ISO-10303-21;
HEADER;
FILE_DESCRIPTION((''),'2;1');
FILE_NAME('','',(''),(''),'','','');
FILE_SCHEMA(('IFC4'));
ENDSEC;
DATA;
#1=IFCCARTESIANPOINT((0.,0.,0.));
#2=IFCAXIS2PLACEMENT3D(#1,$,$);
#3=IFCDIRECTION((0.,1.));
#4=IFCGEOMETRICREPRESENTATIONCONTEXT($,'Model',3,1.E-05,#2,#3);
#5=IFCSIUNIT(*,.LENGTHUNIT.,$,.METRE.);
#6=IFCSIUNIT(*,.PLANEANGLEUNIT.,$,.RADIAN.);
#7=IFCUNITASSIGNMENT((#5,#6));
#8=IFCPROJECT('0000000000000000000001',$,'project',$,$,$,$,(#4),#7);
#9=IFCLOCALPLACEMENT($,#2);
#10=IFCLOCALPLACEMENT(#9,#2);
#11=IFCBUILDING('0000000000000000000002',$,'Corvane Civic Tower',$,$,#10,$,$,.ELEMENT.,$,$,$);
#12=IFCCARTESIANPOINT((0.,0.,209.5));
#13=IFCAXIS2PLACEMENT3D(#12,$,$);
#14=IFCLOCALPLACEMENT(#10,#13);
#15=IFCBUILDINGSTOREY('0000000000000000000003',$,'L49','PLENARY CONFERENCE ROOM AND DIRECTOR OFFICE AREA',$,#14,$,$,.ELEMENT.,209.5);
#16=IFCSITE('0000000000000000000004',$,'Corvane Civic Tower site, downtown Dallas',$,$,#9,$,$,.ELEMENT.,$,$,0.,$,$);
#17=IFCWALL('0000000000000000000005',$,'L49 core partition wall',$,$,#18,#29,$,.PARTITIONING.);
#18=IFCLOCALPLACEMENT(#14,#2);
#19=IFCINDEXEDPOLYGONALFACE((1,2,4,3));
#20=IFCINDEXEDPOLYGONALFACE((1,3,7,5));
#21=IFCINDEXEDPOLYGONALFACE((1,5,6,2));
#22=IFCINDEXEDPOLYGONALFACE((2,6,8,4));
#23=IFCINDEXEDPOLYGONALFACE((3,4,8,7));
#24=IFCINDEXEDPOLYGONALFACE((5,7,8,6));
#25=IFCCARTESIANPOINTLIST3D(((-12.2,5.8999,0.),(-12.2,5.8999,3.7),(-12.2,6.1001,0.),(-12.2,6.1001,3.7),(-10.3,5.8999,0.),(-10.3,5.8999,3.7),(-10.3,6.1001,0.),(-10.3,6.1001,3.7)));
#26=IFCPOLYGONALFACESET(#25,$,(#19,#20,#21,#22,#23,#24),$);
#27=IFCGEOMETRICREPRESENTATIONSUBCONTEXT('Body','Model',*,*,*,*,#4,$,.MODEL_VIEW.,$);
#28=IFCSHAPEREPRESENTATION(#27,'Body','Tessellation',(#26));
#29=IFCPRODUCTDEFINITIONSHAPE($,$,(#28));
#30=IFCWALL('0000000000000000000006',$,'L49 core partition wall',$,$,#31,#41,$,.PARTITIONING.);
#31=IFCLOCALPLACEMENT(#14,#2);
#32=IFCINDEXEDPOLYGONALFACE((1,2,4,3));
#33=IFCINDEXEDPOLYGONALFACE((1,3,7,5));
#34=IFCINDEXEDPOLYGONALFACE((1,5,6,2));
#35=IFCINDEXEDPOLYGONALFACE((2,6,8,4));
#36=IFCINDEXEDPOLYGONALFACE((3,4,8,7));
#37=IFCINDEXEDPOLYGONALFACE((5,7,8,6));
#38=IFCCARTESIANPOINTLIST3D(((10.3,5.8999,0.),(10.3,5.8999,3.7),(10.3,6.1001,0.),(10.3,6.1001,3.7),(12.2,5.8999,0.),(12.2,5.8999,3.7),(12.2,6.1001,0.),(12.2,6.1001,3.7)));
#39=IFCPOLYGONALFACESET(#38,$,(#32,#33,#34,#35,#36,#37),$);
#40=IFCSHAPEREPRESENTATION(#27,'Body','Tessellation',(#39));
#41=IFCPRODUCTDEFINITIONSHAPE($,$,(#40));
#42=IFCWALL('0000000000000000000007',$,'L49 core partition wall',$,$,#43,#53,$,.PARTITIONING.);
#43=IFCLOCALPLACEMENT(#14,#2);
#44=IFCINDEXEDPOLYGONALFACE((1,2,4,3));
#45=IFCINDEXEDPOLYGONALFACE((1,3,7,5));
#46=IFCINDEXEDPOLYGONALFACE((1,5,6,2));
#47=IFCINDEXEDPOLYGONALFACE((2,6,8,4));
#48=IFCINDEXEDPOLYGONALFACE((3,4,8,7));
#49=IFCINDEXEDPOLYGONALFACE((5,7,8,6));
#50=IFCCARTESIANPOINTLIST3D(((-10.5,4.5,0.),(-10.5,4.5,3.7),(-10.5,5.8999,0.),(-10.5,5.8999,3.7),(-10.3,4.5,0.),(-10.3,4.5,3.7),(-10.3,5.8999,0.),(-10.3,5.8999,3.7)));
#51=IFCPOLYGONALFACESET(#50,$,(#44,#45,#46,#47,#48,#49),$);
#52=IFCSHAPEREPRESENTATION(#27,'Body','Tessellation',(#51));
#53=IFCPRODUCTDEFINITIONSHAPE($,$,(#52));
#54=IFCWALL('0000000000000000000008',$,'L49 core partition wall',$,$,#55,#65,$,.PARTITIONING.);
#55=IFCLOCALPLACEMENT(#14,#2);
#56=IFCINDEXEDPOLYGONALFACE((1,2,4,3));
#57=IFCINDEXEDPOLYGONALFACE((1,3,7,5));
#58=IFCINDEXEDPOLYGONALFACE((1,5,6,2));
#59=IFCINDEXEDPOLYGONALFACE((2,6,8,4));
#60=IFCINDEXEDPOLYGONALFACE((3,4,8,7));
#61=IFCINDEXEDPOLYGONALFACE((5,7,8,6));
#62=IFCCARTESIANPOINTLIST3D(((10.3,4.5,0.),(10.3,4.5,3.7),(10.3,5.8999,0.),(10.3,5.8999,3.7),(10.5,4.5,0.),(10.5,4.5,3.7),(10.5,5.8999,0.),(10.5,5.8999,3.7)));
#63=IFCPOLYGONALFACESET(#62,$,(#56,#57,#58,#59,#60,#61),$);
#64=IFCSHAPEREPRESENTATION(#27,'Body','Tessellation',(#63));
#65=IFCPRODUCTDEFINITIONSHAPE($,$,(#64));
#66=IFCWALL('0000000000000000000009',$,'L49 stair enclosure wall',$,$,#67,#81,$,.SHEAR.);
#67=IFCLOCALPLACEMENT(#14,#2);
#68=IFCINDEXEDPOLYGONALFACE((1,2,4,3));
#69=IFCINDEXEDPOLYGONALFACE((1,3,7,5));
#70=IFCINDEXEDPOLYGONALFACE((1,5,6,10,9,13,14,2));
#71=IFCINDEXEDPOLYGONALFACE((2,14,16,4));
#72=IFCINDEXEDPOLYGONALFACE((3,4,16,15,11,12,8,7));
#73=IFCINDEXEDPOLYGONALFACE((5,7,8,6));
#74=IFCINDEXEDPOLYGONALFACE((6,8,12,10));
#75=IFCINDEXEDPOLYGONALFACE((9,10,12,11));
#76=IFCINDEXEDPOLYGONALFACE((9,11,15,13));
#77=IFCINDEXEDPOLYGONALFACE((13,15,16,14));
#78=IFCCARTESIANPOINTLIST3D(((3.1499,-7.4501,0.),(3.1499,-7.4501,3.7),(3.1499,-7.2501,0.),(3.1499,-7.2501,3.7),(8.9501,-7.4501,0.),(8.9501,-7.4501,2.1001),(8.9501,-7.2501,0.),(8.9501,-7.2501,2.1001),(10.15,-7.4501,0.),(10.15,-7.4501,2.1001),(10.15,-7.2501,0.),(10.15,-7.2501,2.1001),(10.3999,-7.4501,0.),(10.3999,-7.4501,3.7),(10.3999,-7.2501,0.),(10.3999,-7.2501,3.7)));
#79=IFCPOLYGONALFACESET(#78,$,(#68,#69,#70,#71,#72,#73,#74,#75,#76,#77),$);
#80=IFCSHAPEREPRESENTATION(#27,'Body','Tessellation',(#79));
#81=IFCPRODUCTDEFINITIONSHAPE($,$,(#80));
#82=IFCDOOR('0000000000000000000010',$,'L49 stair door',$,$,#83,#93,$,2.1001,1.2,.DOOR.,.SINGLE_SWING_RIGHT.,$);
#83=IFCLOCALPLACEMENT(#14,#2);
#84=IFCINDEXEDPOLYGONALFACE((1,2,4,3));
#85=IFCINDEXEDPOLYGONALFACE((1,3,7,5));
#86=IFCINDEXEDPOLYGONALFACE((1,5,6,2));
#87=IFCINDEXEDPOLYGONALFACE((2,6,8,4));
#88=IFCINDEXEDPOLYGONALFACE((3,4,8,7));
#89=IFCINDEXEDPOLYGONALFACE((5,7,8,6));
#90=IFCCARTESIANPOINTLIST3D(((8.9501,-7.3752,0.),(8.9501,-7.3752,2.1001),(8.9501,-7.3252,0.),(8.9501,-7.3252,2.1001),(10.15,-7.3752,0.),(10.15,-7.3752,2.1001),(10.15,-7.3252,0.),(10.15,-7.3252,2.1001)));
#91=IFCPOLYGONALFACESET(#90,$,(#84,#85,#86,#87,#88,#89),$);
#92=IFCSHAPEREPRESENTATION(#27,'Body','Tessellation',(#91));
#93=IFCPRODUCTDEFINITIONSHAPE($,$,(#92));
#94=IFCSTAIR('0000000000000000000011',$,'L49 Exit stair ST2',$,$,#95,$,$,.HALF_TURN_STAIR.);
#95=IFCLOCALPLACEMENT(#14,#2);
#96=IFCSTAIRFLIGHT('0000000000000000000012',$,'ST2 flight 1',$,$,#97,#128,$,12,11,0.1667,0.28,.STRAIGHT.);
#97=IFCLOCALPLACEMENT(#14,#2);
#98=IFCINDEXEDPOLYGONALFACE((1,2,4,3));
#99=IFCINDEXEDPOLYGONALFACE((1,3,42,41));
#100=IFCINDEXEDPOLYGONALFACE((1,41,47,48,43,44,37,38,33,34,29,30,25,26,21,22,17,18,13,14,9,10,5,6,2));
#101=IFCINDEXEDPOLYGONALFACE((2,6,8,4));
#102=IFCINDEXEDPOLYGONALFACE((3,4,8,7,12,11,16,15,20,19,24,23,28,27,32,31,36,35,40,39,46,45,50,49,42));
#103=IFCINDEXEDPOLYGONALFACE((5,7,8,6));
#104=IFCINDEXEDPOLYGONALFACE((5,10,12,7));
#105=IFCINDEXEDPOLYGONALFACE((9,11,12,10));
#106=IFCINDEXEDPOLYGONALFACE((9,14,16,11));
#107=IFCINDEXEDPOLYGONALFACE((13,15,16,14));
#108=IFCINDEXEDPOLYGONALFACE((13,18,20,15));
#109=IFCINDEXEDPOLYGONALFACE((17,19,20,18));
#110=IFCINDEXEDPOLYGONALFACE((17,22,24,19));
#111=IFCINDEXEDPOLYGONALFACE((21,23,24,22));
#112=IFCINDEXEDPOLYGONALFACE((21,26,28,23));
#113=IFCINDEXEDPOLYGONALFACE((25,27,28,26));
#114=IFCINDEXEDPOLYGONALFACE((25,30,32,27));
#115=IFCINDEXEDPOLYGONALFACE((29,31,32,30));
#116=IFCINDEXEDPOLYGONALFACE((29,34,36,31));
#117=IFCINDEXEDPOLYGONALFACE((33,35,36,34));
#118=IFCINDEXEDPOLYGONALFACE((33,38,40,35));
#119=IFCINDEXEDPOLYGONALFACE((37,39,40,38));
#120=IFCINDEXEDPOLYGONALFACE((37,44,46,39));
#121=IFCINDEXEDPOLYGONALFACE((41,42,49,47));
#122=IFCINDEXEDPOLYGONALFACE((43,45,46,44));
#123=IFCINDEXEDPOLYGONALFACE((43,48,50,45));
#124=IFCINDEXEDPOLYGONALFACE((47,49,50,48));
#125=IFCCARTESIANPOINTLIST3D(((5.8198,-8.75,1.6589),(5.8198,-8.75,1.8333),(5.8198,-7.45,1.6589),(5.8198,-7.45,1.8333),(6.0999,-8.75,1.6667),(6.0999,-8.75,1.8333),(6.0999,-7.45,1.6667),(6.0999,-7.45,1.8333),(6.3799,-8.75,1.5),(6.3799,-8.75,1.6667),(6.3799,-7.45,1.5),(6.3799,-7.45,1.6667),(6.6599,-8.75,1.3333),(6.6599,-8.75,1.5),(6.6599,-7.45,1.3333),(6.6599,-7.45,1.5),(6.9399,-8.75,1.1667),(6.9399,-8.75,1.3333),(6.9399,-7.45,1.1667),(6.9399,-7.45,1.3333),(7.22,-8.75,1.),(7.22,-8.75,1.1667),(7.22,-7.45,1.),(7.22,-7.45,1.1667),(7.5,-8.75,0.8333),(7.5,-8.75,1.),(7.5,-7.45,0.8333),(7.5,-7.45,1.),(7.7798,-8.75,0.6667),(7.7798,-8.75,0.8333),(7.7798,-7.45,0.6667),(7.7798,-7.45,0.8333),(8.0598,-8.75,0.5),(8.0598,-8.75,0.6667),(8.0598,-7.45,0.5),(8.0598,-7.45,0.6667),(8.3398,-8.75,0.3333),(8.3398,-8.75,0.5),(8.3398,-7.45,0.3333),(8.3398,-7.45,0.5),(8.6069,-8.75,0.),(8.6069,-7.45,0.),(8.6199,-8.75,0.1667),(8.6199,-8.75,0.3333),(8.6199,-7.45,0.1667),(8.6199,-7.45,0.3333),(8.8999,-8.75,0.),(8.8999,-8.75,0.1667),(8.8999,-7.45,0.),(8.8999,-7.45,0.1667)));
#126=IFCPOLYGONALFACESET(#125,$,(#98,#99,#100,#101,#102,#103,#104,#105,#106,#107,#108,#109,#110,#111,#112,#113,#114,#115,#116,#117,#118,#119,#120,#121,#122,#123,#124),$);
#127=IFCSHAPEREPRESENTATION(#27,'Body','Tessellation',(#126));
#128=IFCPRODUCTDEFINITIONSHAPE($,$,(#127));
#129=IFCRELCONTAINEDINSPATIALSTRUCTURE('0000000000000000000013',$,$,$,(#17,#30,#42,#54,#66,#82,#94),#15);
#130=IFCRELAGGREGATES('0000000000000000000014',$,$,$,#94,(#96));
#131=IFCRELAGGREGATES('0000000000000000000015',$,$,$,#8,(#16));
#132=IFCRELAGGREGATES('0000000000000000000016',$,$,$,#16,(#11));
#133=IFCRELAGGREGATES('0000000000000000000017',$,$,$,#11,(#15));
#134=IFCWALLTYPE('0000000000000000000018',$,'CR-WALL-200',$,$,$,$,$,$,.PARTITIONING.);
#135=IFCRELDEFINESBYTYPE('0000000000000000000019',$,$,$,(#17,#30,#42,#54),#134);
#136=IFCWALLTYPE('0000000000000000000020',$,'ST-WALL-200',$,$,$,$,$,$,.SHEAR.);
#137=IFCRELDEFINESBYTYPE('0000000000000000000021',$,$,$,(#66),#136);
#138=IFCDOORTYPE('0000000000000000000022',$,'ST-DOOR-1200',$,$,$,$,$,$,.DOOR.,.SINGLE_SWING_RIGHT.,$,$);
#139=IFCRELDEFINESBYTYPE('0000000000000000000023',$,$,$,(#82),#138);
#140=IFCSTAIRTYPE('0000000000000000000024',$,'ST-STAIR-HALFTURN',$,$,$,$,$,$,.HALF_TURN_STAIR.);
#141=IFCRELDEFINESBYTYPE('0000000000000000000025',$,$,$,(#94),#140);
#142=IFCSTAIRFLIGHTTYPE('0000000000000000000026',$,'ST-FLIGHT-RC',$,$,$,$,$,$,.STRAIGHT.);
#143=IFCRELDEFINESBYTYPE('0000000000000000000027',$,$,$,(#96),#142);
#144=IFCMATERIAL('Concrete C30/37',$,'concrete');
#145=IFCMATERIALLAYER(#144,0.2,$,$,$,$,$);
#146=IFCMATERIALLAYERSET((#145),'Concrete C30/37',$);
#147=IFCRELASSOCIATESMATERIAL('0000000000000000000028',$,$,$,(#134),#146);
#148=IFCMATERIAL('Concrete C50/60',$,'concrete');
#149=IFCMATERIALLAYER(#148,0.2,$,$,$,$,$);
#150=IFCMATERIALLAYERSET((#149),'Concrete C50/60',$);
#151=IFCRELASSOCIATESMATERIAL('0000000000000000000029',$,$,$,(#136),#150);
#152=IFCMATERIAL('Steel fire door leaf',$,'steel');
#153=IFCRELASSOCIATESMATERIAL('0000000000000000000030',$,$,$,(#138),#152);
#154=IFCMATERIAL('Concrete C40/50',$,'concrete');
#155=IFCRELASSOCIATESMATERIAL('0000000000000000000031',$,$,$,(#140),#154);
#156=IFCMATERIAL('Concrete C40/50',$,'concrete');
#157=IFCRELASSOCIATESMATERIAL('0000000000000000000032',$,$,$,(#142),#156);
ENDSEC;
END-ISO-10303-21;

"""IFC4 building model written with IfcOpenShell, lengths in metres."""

from ifc_helpers import new_model, si_unit, direction, frame, frame_2d, origin, place, context, subcontext, project, spatial, polyline, rectangle, outline, extrude, material, layer, layer_set, type_object, element, fill, aggregate, save


model = new_model("IFC4")

# Units and contexts
model_context = context("Model", 3, precision=1e-05, world=origin(), true_north=direction((0.0, 1.0)))
body_context = subcontext(model_context, "Body", "Model", "MODEL_VIEW")
ifc_project = project(units=[si_unit("LENGTHUNIT", "METRE"), si_unit("PLANEANGLEUNIT", "RADIAN")], contexts=[model_context])

# Site, building, storey
site_placement = place(None, origin())
site = spatial("IfcSite", under=ifc_project, at=site_placement, Name="Corvane Civic Tower site, downtown Dallas", CompositionType="ELEMENT", RefElevation=0.0)
building_placement = place(site_placement, origin())
building = spatial("IfcBuilding", under=site, at=building_placement, Name="Corvane Civic Tower", CompositionType="ELEMENT")
storey_placement = place(building_placement, frame((0.0, 0.0, 209.5)))
storey = spatial("IfcBuildingStorey", under=building, at=storey_placement, Name="L49", Description="PLENARY CONFERENCE ROOM AND DIRECTOR OFFICE AREA", CompositionType="ELEMENT", Elevation=209.5)

# Shared definitions
ifc_material_1 = material(Name="Concrete C30/37", Category="concrete")
ifc_layer_1 = layer(ifc_material_1, 0.2)
ifc_layer_set_1 = layer_set([ifc_layer_1], Name="Concrete C30/37")
wall_type_1 = type_object("IfcWallType", Name="CR-WALL-200", PredefinedType="PARTITIONING", material=ifc_layer_set_1)

# Walls
wall_1_placement = place(storey_placement, origin())
element("IfcWall", 1, at=wall_1_placement, inside=storey, type_object=wall_type_1, Name="L49 core partition wall", PredefinedType="PARTITIONING", context=body_context, shape_type="SweptSolid", body=[
    extrude(outline(polyline([(-10.3, 5.8999), (-12.2, 5.8999), (-12.2, 6.1001), (-10.3, 6.1001), (-10.3, 5.8999)])), origin(), (0.0, 0.0, 1.0), 3.7),
])
wall_2_placement = place(storey_placement, origin())
element("IfcWall", 2, at=wall_2_placement, inside=storey, type_object=wall_type_1, Name="L49 core partition wall", PredefinedType="PARTITIONING", context=body_context, shape_type="SweptSolid", body=[
    extrude(outline(polyline([(12.2, 5.8999), (10.3, 5.8999), (10.3, 6.1001), (12.2, 6.1001), (12.2, 5.8999)])), origin(), (0.0, 0.0, 1.0), 3.7),
])
wall_3_placement = place(storey_placement, origin())
element("IfcWall", 3, at=wall_3_placement, inside=storey, type_object=wall_type_1, Name="L49 core partition wall", PredefinedType="PARTITIONING", context=body_context, shape_type="SweptSolid", body=[
    extrude(outline(polyline([(-10.3, 4.5), (-10.5, 4.5), (-10.5, 5.8999), (-10.3, 5.8999), (-10.3, 4.5)])), origin(), (0.0, 0.0, 1.0), 3.7),
])
wall_4_placement = place(storey_placement, origin())
element("IfcWall", 4, at=wall_4_placement, inside=storey, type_object=wall_type_1, Name="L49 core partition wall", PredefinedType="PARTITIONING", context=body_context, shape_type="SweptSolid", body=[
    extrude(outline(polyline([(10.5, 4.5), (10.3, 4.5), (10.3, 5.8999), (10.5, 5.8999), (10.5, 4.5)])), origin(), (0.0, 0.0, 1.0), 3.7),
])

# Wall, opening, door
ifc_material_2 = material(Name="Concrete C50/60", Category="concrete")
ifc_layer_2 = layer(ifc_material_2, 0.2)
ifc_layer_set_2 = layer_set([ifc_layer_2], Name="Concrete C50/60")
wall_type_2 = type_object("IfcWallType", Name="ST-WALL-200", PredefinedType="SHEAR", material=ifc_layer_set_2)
wall_5_placement = place(storey_placement, frame((3.1499, -7.3501, 0.0), z_axis=(0.0, 0.0, 1.0), x_axis=(1.0, 0.0, 0.0)))
wall_5 = element("IfcWall", 5, at=wall_5_placement, inside=storey, type_object=wall_type_2, Name="L49 stair enclosure wall", PredefinedType="SHEAR", context=body_context, shape_type="SweptSolid", body=[
    extrude(rectangle(XDim=7.25, YDim=0.2, at=frame_2d((3.625, 0.0))), origin(), (0.0, 0.0, 1.0), 3.7),
])
opening_1_placement = place(wall_5_placement, frame((5.8, 0.0, 0.0)))
opening_1 = element("IfcOpeningElement", 6, at=opening_1_placement, cuts=wall_5, PredefinedType="OPENING", context=body_context, shape_type="SweptSolid", body=[
    extrude(rectangle(XDim=1.2, YDim=2.1001, at=frame_2d((0.6001, 1.05))), frame((0.0, 0.1099, 0.0), z_axis=(0.0, -1.0, 0.0), x_axis=(1.0, 0.0, 0.0)), (0.0, 0.0, 1.0), 0.22),
])
ifc_material_3 = material(Name="Steel fire door leaf", Category="steel")
door_type_1 = type_object("IfcDoorType", Name="ST-DOOR-1200", OperationType="SINGLE_SWING_RIGHT", PredefinedType="DOOR", material=ifc_material_3)
door_1_placement = place(opening_1_placement, origin())
door_1 = element("IfcDoor", 7, at=door_1_placement, inside=storey, type_object=door_type_1, Name="L49 stair door", OperationType="SINGLE_SWING_RIGHT", OverallHeight=2.1001, OverallWidth=1.2, PredefinedType="DOOR", context=body_context, shape_type="SweptSolid", body=[
    extrude(rectangle(XDim=1.2, YDim=2.1001, at=frame_2d((0.6001, 1.05))), frame((0.0, 0.0249, 0.0), z_axis=(0.0, -1.0, 0.0), x_axis=(1.0, 0.0, 0.0)), (0.0, 0.0, 1.0), 0.05),
])
fill(opening_1, door_1)

# Stair, stair flight
ifc_material_4 = material(Name="Concrete C40/50", Category="concrete")
stair_type = type_object("IfcStairType", Name="ST-STAIR-HALFTURN", PredefinedType="HALF_TURN_STAIR", material=ifc_material_4)
stair_placement = place(storey_placement, origin())
stair = element("IfcStair", 8, at=stair_placement, inside=storey, type_object=stair_type, Name="L49 Exit stair ST2", PredefinedType="HALF_TURN_STAIR")
ifc_material_5 = material(Name="Concrete C40/50", Category="concrete")
stair_flight_type = type_object("IfcStairFlightType", Name="ST-FLIGHT-RC", PredefinedType="STRAIGHT", material=ifc_material_5)
stair_flight_placement = place(storey_placement, frame((8.8999, -8.1001, 0.0), z_axis=(0.0, 0.0, 1.0), x_axis=(-1.0, 0.0, 0.0)))
stair_flight = element("IfcStairFlight", 9, at=stair_flight_placement, type_object=stair_flight_type, Name="ST2 flight 1", NumberOfRisers=12, NumberOfTreads=11, PredefinedType="STRAIGHT", RiserHeight=0.1667, TreadLength=0.28, context=body_context, shape_type="SweptSolid", body=[
    extrude(outline(polyline([(0.0, 0.0), (0.0, 0.1667), (0.28, 0.1667), (0.28, 0.3333), (0.5601, 0.3333), (0.5601, 0.5), (0.8401, 0.5), (0.8401, 0.6667), (1.1201, 0.6667), (1.1201, 0.8333), (1.3999, 0.8333), (1.3999, 1.0), (1.6799, 1.0), (1.6799, 1.1667), (1.96, 1.1667), (1.96, 1.3333), (2.24, 1.3333), (2.24, 1.5), (2.52, 1.5), (2.52, 1.6667), (2.8, 1.6667), (2.8, 1.8333), (3.0801, 1.8333), (3.0801, 2.0), (3.0801, 1.6589), (0.293, 0.0), (0.0, 0.0)])), frame((0.0, 0.6499, 0.0), z_axis=(0.0, -1.0, 0.0), x_axis=(1.0, 0.0, 0.0)), (0.0, 0.0, 1.0), 1.3),
])
aggregate(stair, [stair_flight])

save(model, "model.ifc")
